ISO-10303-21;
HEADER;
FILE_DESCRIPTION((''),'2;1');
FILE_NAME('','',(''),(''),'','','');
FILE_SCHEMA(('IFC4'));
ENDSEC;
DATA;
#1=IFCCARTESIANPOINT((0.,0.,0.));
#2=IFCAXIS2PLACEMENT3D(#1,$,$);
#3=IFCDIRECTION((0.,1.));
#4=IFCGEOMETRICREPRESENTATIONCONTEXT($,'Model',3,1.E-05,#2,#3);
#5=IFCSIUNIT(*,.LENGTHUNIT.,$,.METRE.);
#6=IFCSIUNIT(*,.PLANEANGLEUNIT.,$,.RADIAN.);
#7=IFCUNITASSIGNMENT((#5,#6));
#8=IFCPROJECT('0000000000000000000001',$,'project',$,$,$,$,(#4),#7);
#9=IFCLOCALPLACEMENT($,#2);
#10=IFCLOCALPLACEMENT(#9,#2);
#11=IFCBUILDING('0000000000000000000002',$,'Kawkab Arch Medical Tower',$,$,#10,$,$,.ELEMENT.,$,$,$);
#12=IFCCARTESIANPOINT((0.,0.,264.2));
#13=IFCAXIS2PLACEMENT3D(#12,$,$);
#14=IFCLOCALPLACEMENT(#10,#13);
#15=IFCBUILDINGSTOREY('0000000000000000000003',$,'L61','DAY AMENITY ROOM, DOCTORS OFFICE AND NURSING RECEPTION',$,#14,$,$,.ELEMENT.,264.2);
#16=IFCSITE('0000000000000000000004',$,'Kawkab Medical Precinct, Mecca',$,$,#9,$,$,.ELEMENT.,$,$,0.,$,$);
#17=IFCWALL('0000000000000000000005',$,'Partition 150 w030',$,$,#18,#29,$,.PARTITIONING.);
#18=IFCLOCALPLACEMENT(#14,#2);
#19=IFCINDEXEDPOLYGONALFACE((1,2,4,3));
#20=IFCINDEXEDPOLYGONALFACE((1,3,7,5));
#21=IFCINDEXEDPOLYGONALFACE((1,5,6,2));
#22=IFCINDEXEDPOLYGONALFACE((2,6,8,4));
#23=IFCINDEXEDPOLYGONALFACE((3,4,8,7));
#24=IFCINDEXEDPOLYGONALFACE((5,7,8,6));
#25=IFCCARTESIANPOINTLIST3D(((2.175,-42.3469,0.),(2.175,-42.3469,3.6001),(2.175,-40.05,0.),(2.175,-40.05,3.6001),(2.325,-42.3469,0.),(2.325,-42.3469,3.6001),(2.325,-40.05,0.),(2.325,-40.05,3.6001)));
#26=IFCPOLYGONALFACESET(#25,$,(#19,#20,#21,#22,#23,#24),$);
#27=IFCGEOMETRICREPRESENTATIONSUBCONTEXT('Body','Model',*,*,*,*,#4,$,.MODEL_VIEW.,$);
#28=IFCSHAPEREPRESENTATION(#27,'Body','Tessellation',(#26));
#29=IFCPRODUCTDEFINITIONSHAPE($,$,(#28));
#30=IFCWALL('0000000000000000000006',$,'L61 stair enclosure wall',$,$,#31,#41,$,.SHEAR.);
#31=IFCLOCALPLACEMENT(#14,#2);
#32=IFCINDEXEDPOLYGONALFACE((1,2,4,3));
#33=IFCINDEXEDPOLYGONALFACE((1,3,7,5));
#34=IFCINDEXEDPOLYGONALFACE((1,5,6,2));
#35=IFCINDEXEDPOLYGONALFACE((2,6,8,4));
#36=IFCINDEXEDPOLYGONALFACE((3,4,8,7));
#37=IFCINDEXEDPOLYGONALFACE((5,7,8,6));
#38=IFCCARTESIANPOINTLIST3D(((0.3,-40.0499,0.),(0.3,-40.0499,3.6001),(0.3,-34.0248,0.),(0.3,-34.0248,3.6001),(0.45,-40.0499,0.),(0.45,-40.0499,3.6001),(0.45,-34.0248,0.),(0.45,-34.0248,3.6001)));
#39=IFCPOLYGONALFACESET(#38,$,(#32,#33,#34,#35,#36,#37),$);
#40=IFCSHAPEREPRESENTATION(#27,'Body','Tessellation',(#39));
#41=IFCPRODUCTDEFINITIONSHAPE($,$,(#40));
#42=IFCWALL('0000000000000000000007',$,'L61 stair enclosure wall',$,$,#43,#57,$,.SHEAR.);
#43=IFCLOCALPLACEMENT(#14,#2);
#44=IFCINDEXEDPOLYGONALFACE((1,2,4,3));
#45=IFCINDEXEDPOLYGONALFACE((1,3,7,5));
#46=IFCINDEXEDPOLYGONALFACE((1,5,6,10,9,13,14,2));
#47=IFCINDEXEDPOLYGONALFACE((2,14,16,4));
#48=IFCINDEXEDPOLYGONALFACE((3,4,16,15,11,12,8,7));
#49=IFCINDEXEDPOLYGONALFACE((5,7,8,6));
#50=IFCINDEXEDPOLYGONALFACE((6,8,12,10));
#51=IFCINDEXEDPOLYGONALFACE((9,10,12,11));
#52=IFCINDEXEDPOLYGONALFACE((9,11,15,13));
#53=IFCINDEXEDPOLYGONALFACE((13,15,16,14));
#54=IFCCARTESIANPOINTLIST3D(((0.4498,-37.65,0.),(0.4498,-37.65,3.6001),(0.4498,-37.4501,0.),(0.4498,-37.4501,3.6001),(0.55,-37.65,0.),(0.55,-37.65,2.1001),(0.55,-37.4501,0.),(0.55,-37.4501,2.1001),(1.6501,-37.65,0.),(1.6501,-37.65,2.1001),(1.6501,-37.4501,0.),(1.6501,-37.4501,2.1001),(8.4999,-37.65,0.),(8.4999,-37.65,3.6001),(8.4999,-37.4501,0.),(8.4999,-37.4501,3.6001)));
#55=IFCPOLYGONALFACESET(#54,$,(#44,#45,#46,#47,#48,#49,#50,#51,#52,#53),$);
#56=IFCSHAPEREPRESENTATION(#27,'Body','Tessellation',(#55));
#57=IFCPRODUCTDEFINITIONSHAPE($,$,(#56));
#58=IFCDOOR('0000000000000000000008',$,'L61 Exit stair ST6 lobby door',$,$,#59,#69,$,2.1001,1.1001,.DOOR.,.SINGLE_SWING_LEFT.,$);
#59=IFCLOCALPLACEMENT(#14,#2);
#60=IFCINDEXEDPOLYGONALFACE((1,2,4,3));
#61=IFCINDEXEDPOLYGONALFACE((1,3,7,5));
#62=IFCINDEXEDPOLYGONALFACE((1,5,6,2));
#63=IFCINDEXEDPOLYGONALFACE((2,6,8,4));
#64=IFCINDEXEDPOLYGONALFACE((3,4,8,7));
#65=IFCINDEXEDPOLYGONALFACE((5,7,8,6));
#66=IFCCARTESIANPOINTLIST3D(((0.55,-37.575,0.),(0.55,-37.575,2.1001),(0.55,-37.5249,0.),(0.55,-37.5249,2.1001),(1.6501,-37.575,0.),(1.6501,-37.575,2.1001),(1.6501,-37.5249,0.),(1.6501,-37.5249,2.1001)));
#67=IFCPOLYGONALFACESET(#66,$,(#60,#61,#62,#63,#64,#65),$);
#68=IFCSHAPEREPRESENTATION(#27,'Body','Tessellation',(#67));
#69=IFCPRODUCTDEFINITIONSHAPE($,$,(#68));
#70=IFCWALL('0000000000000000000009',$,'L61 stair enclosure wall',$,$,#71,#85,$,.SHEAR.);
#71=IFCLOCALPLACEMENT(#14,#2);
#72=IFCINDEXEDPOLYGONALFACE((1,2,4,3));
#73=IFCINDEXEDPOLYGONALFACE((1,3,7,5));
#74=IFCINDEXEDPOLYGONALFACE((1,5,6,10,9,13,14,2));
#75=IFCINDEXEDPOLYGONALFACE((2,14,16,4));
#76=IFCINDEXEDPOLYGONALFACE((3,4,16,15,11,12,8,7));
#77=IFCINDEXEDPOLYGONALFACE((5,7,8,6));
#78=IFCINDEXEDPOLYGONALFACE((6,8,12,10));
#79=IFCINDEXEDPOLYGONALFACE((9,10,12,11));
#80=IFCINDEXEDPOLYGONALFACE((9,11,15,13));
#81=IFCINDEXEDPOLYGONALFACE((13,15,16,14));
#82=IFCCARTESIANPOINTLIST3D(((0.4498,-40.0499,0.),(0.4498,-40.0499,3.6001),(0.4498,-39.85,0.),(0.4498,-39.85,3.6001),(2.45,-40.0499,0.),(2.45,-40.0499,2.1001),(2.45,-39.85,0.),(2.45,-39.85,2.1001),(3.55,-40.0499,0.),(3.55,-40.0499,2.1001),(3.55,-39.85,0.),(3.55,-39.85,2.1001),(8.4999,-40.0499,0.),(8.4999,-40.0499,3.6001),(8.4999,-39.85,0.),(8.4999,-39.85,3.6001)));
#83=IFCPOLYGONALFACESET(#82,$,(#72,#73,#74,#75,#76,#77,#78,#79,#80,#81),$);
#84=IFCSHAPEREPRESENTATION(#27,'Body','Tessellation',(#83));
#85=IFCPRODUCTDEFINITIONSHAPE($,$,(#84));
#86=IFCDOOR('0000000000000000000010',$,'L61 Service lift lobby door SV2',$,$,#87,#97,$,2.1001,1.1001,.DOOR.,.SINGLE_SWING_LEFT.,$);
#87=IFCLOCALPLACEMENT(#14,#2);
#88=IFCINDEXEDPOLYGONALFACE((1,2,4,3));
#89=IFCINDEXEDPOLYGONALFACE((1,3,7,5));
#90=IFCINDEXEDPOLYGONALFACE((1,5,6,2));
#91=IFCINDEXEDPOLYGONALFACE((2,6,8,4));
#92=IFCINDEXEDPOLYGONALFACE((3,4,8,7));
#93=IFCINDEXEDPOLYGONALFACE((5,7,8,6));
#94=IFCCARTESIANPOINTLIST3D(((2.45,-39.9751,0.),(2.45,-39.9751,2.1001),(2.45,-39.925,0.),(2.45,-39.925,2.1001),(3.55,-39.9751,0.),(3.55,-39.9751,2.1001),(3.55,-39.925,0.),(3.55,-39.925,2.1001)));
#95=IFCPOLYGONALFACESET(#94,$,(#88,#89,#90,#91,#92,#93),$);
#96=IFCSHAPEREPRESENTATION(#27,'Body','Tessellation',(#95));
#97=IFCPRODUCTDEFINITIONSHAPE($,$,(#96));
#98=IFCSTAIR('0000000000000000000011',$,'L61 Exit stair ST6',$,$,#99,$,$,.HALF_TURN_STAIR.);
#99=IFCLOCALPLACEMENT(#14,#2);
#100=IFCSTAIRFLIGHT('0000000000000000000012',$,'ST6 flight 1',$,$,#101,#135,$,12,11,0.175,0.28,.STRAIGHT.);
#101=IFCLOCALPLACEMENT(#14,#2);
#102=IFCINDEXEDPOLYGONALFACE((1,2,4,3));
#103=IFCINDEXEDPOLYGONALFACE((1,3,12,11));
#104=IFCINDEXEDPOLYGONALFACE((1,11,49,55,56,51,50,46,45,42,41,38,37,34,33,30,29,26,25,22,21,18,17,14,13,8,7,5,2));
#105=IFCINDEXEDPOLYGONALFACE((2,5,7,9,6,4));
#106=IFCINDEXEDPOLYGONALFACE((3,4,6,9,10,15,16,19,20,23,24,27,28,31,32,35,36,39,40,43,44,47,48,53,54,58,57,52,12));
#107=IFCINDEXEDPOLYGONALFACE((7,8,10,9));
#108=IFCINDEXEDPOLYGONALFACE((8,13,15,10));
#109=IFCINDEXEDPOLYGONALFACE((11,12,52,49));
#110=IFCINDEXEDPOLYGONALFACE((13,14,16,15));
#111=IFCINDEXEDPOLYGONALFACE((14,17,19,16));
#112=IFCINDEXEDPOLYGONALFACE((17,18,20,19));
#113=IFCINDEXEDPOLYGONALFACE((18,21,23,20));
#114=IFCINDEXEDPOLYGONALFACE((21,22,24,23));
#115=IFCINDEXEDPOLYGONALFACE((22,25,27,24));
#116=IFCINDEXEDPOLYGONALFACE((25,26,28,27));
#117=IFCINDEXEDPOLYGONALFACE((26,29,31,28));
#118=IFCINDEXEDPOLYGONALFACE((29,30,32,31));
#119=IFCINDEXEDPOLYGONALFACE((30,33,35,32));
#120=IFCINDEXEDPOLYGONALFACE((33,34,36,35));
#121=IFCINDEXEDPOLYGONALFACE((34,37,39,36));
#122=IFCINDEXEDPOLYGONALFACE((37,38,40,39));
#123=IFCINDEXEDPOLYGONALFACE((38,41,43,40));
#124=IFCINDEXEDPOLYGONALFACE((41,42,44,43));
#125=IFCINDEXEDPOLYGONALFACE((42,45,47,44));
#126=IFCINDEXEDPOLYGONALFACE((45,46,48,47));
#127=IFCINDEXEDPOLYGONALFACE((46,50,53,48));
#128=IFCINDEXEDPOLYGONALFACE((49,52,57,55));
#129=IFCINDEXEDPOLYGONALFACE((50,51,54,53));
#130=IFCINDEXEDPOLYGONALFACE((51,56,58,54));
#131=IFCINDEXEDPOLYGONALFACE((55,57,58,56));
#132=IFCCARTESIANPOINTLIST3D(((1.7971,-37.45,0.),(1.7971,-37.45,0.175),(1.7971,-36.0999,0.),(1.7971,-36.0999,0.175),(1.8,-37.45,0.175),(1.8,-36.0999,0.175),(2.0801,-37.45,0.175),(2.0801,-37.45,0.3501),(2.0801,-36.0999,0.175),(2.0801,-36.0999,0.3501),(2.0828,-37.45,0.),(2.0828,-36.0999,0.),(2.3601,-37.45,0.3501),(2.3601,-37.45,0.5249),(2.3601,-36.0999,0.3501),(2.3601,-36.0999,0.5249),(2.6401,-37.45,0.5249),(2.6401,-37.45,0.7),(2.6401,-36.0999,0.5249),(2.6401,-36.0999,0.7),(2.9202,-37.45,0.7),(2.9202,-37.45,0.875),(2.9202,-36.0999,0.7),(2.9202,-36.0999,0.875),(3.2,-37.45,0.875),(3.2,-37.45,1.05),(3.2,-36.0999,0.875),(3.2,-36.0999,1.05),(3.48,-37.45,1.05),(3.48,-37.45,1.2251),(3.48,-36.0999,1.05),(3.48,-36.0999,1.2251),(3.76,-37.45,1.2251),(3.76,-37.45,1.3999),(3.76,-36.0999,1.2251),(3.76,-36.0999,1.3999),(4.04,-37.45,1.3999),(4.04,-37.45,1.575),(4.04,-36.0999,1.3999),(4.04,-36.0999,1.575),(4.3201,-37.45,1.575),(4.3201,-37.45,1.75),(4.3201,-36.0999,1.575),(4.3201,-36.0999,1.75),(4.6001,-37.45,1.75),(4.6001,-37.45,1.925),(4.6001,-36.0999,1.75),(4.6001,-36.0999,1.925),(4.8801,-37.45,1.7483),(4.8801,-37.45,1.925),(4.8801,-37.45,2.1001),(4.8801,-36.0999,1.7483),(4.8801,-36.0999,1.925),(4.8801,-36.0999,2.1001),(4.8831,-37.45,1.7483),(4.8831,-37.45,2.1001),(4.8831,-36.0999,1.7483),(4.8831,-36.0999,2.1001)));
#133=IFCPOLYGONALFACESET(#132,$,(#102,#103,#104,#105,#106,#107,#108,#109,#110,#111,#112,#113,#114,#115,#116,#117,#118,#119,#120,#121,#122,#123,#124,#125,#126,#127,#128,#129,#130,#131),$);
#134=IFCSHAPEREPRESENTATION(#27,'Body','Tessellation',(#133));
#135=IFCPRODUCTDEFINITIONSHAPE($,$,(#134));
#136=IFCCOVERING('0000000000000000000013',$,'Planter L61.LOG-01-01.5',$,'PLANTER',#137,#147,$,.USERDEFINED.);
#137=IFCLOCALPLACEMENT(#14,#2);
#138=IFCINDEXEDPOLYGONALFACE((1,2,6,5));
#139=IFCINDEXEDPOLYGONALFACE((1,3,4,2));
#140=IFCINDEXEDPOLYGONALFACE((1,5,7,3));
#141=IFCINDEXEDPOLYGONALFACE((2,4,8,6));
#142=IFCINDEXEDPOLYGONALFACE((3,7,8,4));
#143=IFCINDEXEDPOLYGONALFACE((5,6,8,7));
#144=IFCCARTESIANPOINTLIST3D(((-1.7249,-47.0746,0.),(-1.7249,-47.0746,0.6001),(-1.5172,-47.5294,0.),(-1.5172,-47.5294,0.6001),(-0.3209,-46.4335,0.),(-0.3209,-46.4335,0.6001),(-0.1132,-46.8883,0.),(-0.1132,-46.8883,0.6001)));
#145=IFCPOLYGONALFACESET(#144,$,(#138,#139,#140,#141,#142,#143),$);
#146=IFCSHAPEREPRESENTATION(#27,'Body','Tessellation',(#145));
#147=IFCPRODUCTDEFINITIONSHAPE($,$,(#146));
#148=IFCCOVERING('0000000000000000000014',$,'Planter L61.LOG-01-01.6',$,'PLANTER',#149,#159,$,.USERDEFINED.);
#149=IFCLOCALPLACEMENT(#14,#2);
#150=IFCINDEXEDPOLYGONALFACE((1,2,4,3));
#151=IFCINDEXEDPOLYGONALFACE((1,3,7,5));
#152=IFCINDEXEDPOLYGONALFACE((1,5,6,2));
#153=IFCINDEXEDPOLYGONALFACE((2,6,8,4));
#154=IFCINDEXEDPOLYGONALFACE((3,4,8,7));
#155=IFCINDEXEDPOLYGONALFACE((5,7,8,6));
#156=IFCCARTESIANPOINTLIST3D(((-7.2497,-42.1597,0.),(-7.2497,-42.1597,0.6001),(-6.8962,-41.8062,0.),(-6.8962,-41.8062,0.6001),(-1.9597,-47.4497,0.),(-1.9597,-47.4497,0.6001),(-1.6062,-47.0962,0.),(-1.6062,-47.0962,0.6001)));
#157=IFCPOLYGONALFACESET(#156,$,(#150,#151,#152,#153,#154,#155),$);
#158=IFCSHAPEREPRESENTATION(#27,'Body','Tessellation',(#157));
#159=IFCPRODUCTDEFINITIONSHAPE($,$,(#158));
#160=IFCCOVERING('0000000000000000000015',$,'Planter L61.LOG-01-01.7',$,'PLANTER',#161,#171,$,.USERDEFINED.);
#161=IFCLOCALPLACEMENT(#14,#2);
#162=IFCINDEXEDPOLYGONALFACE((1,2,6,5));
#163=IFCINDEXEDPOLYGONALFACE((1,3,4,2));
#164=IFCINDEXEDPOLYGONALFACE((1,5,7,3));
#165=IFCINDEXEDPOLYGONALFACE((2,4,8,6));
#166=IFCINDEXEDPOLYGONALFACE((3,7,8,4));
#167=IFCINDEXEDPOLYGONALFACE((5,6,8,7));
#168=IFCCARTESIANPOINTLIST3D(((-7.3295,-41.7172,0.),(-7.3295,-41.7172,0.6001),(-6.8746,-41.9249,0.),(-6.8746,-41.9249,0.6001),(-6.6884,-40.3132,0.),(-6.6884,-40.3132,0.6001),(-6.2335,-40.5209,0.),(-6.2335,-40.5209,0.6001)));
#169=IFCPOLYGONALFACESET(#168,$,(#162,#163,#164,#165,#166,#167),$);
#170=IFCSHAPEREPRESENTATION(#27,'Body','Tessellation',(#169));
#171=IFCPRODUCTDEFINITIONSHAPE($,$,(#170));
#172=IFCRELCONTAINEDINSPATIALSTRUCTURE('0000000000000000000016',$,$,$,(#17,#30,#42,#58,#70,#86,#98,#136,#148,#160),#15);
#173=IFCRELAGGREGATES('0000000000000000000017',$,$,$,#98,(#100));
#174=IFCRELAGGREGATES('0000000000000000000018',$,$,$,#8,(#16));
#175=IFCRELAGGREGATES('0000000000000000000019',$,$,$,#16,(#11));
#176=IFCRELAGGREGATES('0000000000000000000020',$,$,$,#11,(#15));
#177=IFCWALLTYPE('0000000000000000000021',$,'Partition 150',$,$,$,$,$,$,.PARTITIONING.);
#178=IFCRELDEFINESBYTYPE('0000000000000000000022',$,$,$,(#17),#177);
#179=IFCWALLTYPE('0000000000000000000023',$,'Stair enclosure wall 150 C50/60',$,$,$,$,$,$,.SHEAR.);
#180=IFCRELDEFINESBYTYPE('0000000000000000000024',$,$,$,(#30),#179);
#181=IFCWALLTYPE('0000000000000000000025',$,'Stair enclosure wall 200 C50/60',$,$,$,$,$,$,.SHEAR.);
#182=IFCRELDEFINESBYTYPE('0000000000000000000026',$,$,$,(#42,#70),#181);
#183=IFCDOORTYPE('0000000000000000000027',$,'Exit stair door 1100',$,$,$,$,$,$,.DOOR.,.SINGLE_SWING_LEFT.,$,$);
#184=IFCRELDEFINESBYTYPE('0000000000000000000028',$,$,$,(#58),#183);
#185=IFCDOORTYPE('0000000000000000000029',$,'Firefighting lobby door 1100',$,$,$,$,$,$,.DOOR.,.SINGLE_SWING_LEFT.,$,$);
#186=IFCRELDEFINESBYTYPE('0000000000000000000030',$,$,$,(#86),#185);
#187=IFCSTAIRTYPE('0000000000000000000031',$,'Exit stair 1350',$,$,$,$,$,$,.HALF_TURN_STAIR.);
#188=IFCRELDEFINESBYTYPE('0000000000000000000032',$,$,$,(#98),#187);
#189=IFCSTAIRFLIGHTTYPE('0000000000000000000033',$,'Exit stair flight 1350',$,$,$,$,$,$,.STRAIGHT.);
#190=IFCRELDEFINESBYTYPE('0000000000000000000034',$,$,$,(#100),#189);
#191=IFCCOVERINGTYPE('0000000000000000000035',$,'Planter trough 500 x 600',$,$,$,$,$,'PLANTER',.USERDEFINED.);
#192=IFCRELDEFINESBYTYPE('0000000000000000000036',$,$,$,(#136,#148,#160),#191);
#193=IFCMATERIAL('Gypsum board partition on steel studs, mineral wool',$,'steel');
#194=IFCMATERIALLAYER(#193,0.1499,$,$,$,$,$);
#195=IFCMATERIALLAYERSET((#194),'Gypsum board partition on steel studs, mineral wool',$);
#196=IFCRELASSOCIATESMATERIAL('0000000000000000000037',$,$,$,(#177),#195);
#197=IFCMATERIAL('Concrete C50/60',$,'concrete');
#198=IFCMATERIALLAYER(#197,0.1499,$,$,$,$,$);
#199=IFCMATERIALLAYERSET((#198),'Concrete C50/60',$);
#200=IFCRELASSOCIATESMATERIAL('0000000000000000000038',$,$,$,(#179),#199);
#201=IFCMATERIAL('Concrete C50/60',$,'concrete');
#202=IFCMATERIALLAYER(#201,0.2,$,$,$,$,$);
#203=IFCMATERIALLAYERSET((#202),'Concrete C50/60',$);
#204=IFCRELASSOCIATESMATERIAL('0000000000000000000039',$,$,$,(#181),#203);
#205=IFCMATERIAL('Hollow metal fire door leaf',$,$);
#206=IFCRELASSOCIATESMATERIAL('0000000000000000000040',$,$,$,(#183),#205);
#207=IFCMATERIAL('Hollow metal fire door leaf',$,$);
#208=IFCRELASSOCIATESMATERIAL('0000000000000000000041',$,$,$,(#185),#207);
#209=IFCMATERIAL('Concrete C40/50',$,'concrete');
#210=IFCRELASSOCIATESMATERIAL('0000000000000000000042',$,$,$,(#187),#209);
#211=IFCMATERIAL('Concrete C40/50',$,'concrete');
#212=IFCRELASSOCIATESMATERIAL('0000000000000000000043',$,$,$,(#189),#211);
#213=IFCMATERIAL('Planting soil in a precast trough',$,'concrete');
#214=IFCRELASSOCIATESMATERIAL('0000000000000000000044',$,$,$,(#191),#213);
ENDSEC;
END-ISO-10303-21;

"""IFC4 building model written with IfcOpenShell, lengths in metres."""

from ifc_helpers import new_model, si_unit, direction, frame, frame_2d, origin, origin_2d, place, context, subcontext, project, spatial, polyline, rectangle, outline, extrude, material, layer, layer_set, material_profile, profile_set, type_object, element, fill, aggregate, save


model = new_model("IFC4")

# Units and contexts
model_context = context("Model", 3, precision=1e-05, world=origin(), true_north=direction((0.0, 1.0)))
body_context = subcontext(model_context, "Body", "Model", "MODEL_VIEW")
ifc_project = project(units=[si_unit("LENGTHUNIT", "METRE"), si_unit("PLANEANGLEUNIT", "RADIAN")], contexts=[model_context])

# Site, building, storey
site_placement = place(None, origin())
site = spatial("IfcSite", under=ifc_project, at=site_placement, Name="Kawkab Medical Precinct, Mecca", CompositionType="ELEMENT", RefElevation=0.0)
building_placement = place(site_placement, origin())
building = spatial("IfcBuilding", under=site, at=building_placement, Name="Kawkab Arch Medical Tower", CompositionType="ELEMENT")
storey_placement = place(building_placement, frame((0.0, 0.0, 264.2)))
storey = spatial("IfcBuildingStorey", under=building, at=storey_placement, Name="L61", Description="DAY AMENITY ROOM, DOCTORS OFFICE AND NURSING RECEPTION", CompositionType="ELEMENT", Elevation=264.2)

# Shared definitions
placement = place(storey_placement, origin())

# Shared definitions
ifc_material_1 = material(Name="Gypsum board partition on steel studs, mineral wool", Category="steel")
ifc_layer_1 = layer(ifc_material_1, 0.1499)
ifc_layer_set_1 = layer_set([ifc_layer_1], Name="Gypsum board partition on steel studs, mineral wool")
wall_type_1 = type_object("IfcWallType", Name="Partition 150", PredefinedType="PARTITIONING", material=ifc_layer_set_1)

# Walls
wall_1_placement = place(storey_placement, frame((2.25, -42.3469, 0.0), z_axis=(0.0, 0.0, 1.0), x_axis=(0.0, 1.0, 0.0)))
element("IfcWall", 1, at=wall_1_placement, inside=storey, type_object=wall_type_1, Name="Partition 150 w030", PredefinedType="PARTITIONING", context=body_context, shape_type="SweptSolid", body=[
    extrude(rectangle(XDim=2.2969, YDim=0.1499, at=frame_2d((1.1484, 0.0))), origin(), (0.0, 0.0, 1.0), 3.6001),
])
ifc_material_2 = material(Name="Concrete C50/60", Category="concrete")
ifc_layer_2 = layer(ifc_material_2, 0.1499)
ifc_layer_set_2 = layer_set([ifc_layer_2], Name="Concrete C50/60")
wall_type_2 = type_object("IfcWallType", Name="Stair enclosure wall 150 C50/60", PredefinedType="SHEAR", material=ifc_layer_set_2)
wall_2_placement = place(storey_placement, frame((0.375, -40.05, 0.0), z_axis=(0.0, 0.0, 1.0), x_axis=(0.0, 1.0, 0.0)))
element("IfcWall", 2, at=wall_2_placement, inside=storey, type_object=wall_type_2, Name="L61 stair enclosure wall", PredefinedType="SHEAR", context=body_context, shape_type="SweptSolid", body=[
    extrude(rectangle(XDim=6.0251, YDim=0.1499, at=frame_2d((3.0127, 0.0))), origin(), (0.0, 0.0, 1.0), 3.6001),
])

# Walls, openings, doors
ifc_material_3 = material(Name="Concrete C50/60", Category="concrete")
ifc_layer_3 = layer(ifc_material_3, 0.2)
ifc_layer_set_3 = layer_set([ifc_layer_3], Name="Concrete C50/60")
wall_type_3 = type_object("IfcWallType", Name="Stair enclosure wall 200 C50/60", PredefinedType="SHEAR", material=ifc_layer_set_3)
wall_3_placement = place(storey_placement, frame((0.45, -37.55, 0.0), z_axis=(0.0, 0.0, 1.0), x_axis=(1.0, 0.0, 0.0)))
wall_3 = element("IfcWall", 3, at=wall_3_placement, inside=storey, type_object=wall_type_3, Name="L61 stair enclosure wall", PredefinedType="SHEAR", context=body_context, shape_type="SweptSolid", body=[
    extrude(rectangle(XDim=8.05, YDim=0.2, at=frame_2d((4.0249, 0.0))), origin(), (0.0, 0.0, 1.0), 3.6001),
])
opening_1_placement = place(wall_3_placement, frame((0.1001, 0.0, 0.0)))
opening_1 = element("IfcOpeningElement", 4, at=opening_1_placement, cuts=wall_3, PredefinedType="OPENING", context=body_context, shape_type="SweptSolid", body=[
    extrude(rectangle(XDim=1.1001, YDim=2.1001, at=frame_2d((0.55, 1.05))), frame((0.0, 0.1099, 0.0), z_axis=(0.0, -1.0, 0.0), x_axis=(1.0, 0.0, 0.0)), (0.0, 0.0, 1.0), 0.22),
])
ifc_material_4 = material(Name="Hollow metal fire door leaf")
door_type_1 = type_object("IfcDoorType", Name="Exit stair door 1100", OperationType="SINGLE_SWING_LEFT", PredefinedType="DOOR", material=ifc_material_4)
door_1_placement = place(opening_1_placement, frame((1.1001, 0.0, 0.0), z_axis=(0.0, 0.0, 1.0), x_axis=(-1.0, 0.0, 0.0)))
door_1 = element("IfcDoor", 5, at=door_1_placement, inside=storey, type_object=door_type_1, Name="L61 Exit stair ST6 lobby door", OperationType="SINGLE_SWING_LEFT", OverallHeight=2.1001, OverallWidth=1.1001, PredefinedType="DOOR", context=body_context, shape_type="SweptSolid", body=[
    extrude(rectangle(XDim=1.1001, YDim=2.1001, at=frame_2d((0.55, 1.05))), frame((0.0, 0.0249, 0.0), z_axis=(0.0, -1.0, 0.0), x_axis=(1.0, 0.0, 0.0)), (0.0, 0.0, 1.0), 0.05),
])
fill(opening_1, door_1)
wall_4_placement = place(storey_placement, frame((0.45, -39.95, 0.0), z_axis=(0.0, 0.0, 1.0), x_axis=(1.0, 0.0, 0.0)))
wall_4 = element("IfcWall", 6, at=wall_4_placement, inside=storey, type_object=wall_type_3, Name="L61 stair enclosure wall", PredefinedType="SHEAR", context=body_context, shape_type="SweptSolid", body=[
    extrude(rectangle(XDim=8.05, YDim=0.2, at=frame_2d((4.0249, 0.0))), origin(), (0.0, 0.0, 1.0), 3.6001),
])
opening_2_placement = place(wall_4_placement, frame((2.0, 0.0, 0.0)))
opening_2 = element("IfcOpeningElement", 7, at=opening_2_placement, cuts=wall_4, PredefinedType="OPENING", context=body_context, shape_type="SweptSolid", body=[
    extrude(rectangle(XDim=1.1001, YDim=2.1001, at=frame_2d((0.55, 1.05))), frame((0.0, 0.1099, 0.0), z_axis=(0.0, -1.0, 0.0), x_axis=(1.0, 0.0, 0.0)), (0.0, 0.0, 1.0), 0.22),
])
ifc_material_5 = material(Name="Hollow metal fire door leaf")
door_type_2 = type_object("IfcDoorType", Name="Firefighting lobby door 1100", OperationType="SINGLE_SWING_LEFT", PredefinedType="DOOR", material=ifc_material_5)
door_2_placement = place(opening_2_placement, origin())
door_2 = element("IfcDoor", 8, at=door_2_placement, inside=storey, type_object=door_type_2, Name="L61 Service lift lobby door SV2", OperationType="SINGLE_SWING_LEFT", OverallHeight=2.1001, OverallWidth=1.1001, PredefinedType="DOOR", context=body_context, shape_type="SweptSolid", body=[
    extrude(rectangle(XDim=1.1001, YDim=2.1001, at=frame_2d((0.55, 1.05))), frame((0.0, 0.0249, 0.0), z_axis=(0.0, -1.0, 0.0), x_axis=(1.0, 0.0, 0.0)), (0.0, 0.0, 1.0), 0.05),
])
fill(opening_2, door_2)

# Stair, stair flight
ifc_material_6 = material(Name="Concrete C40/50", Category="concrete")
stair_type = type_object("IfcStairType", Name="Exit stair 1350", PredefinedType="HALF_TURN_STAIR", material=ifc_material_6)
stair = element("IfcStair", 9, at=placement, inside=storey, type_object=stair_type, Name="L61 Exit stair ST6", PredefinedType="HALF_TURN_STAIR")
ifc_material_7 = material(Name="Concrete C40/50", Category="concrete")
stair_flight_type = type_object("IfcStairFlightType", Name="Exit stair flight 1350", PredefinedType="STRAIGHT", material=ifc_material_7)
stair_flight_placement = place(storey_placement, frame((1.8, -36.7749, 0.0), z_axis=(0.0, 0.0, 1.0), x_axis=(1.0, 0.0, 0.0)))
stair_flight = element("IfcStairFlight", 10, at=stair_flight_placement, type_object=stair_flight_type, Name="ST6 flight 1", NumberOfRisers=12, NumberOfTreads=11, PredefinedType="STRAIGHT", RiserHeight=0.175, TreadLength=0.28, context=body_context, shape_type="SweptSolid", body=[
    extrude(outline(polyline([(-0.0029, 0.0), (-0.0029, 0.175), (0.0, 0.175), (0.28, 0.175), (0.28, 0.3501), (0.5601, 0.3501), (0.5601, 0.5249), (0.8401, 0.5249), (0.8401, 0.7), (1.1201, 0.7), (1.1201, 0.875), (1.3999, 0.875), (1.3999, 1.05), (1.6799, 1.05), (1.6799, 1.2251), (1.96, 1.2251), (1.96, 1.3999), (2.24, 1.3999), (2.24, 1.575), (2.52, 1.575), (2.52, 1.75), (2.8, 1.75), (2.8, 1.925), (3.0801, 1.925), (3.0801, 2.1001), (3.083, 2.1001), (3.083, 1.7483), (3.0801, 1.7483), (0.2827, 0.0), (-0.0029, 0.0)])), frame((0.0, 0.675, 0.0), z_axis=(0.0, -1.0, 0.0), x_axis=(1.0, 0.0, 0.0)), (0.0, 0.0, 1.0), 1.3501),
])
aggregate(stair, [stair_flight])

# Coverings
ifc_material_8 = material(Name="Planting soil in a precast trough", Category="concrete")
ifc_material_profile_1 = material_profile(ifc_material_8, rectangle(XDim=0.5, YDim=0.6001, at=origin_2d()), Name="Trough 500x600")
ifc_profile_set_1 = profile_set([ifc_material_profile_1], Name="Planting soil in a precast trough")
covering_type = type_object("IfcCoveringType", Name="Planter trough 500 x 600", ElementType="PLANTER", PredefinedType="USERDEFINED", material=ifc_profile_set_1)
covering_1_placement = place(storey_placement, frame((-0.217, -46.6609, 0.3), z_axis=(-0.909656, -0.415363, 0.0), x_axis=(0.415363, -0.909656, 0.0)))
element("IfcCovering", 11, at=covering_1_placement, inside=storey, type_object=covering_type, Name="Planter L61.LOG-01-01.5", ObjectType="PLANTER", PredefinedType="USERDEFINED", context=body_context, shape_type="SweptSolid", body=[
    extrude(rectangle(XDim=0.5, YDim=0.6001, at=origin_2d()), origin(), (0.0, 0.0, 1.0), 1.5435),
])
covering_2_placement = place(storey_placement, frame((-1.783, -47.2729, 0.3), z_axis=(-0.707107, 0.707107, 0.0), x_axis=(-0.707107, -0.707107, 0.0)))
element("IfcCovering", 12, at=covering_2_placement, inside=storey, type_object=covering_type, Name="Planter L61.LOG-01-01.6", ObjectType="PLANTER", PredefinedType="USERDEFINED", context=body_context, shape_type="SweptSolid", body=[
    extrude(rectangle(XDim=0.5, YDim=0.6001, at=origin_2d()), origin(), (0.0, 0.0, 1.0), 7.4812),
])
covering_3_placement = place(storey_placement, frame((-7.1021, -41.821, 0.3), z_axis=(0.415363, 0.909656, 0.0), x_axis=(-0.909656, 0.415363, 0.0)))
element("IfcCovering", 13, at=covering_3_placement, inside=storey, type_object=covering_type, Name="Planter L61.LOG-01-01.7", ObjectType="PLANTER", PredefinedType="USERDEFINED", context=body_context, shape_type="SweptSolid", body=[
    extrude(rectangle(XDim=0.5, YDim=0.6001, at=origin_2d()), origin(), (0.0, 0.0, 1.0), 1.5435),
])

save(model, "model.ifc")
